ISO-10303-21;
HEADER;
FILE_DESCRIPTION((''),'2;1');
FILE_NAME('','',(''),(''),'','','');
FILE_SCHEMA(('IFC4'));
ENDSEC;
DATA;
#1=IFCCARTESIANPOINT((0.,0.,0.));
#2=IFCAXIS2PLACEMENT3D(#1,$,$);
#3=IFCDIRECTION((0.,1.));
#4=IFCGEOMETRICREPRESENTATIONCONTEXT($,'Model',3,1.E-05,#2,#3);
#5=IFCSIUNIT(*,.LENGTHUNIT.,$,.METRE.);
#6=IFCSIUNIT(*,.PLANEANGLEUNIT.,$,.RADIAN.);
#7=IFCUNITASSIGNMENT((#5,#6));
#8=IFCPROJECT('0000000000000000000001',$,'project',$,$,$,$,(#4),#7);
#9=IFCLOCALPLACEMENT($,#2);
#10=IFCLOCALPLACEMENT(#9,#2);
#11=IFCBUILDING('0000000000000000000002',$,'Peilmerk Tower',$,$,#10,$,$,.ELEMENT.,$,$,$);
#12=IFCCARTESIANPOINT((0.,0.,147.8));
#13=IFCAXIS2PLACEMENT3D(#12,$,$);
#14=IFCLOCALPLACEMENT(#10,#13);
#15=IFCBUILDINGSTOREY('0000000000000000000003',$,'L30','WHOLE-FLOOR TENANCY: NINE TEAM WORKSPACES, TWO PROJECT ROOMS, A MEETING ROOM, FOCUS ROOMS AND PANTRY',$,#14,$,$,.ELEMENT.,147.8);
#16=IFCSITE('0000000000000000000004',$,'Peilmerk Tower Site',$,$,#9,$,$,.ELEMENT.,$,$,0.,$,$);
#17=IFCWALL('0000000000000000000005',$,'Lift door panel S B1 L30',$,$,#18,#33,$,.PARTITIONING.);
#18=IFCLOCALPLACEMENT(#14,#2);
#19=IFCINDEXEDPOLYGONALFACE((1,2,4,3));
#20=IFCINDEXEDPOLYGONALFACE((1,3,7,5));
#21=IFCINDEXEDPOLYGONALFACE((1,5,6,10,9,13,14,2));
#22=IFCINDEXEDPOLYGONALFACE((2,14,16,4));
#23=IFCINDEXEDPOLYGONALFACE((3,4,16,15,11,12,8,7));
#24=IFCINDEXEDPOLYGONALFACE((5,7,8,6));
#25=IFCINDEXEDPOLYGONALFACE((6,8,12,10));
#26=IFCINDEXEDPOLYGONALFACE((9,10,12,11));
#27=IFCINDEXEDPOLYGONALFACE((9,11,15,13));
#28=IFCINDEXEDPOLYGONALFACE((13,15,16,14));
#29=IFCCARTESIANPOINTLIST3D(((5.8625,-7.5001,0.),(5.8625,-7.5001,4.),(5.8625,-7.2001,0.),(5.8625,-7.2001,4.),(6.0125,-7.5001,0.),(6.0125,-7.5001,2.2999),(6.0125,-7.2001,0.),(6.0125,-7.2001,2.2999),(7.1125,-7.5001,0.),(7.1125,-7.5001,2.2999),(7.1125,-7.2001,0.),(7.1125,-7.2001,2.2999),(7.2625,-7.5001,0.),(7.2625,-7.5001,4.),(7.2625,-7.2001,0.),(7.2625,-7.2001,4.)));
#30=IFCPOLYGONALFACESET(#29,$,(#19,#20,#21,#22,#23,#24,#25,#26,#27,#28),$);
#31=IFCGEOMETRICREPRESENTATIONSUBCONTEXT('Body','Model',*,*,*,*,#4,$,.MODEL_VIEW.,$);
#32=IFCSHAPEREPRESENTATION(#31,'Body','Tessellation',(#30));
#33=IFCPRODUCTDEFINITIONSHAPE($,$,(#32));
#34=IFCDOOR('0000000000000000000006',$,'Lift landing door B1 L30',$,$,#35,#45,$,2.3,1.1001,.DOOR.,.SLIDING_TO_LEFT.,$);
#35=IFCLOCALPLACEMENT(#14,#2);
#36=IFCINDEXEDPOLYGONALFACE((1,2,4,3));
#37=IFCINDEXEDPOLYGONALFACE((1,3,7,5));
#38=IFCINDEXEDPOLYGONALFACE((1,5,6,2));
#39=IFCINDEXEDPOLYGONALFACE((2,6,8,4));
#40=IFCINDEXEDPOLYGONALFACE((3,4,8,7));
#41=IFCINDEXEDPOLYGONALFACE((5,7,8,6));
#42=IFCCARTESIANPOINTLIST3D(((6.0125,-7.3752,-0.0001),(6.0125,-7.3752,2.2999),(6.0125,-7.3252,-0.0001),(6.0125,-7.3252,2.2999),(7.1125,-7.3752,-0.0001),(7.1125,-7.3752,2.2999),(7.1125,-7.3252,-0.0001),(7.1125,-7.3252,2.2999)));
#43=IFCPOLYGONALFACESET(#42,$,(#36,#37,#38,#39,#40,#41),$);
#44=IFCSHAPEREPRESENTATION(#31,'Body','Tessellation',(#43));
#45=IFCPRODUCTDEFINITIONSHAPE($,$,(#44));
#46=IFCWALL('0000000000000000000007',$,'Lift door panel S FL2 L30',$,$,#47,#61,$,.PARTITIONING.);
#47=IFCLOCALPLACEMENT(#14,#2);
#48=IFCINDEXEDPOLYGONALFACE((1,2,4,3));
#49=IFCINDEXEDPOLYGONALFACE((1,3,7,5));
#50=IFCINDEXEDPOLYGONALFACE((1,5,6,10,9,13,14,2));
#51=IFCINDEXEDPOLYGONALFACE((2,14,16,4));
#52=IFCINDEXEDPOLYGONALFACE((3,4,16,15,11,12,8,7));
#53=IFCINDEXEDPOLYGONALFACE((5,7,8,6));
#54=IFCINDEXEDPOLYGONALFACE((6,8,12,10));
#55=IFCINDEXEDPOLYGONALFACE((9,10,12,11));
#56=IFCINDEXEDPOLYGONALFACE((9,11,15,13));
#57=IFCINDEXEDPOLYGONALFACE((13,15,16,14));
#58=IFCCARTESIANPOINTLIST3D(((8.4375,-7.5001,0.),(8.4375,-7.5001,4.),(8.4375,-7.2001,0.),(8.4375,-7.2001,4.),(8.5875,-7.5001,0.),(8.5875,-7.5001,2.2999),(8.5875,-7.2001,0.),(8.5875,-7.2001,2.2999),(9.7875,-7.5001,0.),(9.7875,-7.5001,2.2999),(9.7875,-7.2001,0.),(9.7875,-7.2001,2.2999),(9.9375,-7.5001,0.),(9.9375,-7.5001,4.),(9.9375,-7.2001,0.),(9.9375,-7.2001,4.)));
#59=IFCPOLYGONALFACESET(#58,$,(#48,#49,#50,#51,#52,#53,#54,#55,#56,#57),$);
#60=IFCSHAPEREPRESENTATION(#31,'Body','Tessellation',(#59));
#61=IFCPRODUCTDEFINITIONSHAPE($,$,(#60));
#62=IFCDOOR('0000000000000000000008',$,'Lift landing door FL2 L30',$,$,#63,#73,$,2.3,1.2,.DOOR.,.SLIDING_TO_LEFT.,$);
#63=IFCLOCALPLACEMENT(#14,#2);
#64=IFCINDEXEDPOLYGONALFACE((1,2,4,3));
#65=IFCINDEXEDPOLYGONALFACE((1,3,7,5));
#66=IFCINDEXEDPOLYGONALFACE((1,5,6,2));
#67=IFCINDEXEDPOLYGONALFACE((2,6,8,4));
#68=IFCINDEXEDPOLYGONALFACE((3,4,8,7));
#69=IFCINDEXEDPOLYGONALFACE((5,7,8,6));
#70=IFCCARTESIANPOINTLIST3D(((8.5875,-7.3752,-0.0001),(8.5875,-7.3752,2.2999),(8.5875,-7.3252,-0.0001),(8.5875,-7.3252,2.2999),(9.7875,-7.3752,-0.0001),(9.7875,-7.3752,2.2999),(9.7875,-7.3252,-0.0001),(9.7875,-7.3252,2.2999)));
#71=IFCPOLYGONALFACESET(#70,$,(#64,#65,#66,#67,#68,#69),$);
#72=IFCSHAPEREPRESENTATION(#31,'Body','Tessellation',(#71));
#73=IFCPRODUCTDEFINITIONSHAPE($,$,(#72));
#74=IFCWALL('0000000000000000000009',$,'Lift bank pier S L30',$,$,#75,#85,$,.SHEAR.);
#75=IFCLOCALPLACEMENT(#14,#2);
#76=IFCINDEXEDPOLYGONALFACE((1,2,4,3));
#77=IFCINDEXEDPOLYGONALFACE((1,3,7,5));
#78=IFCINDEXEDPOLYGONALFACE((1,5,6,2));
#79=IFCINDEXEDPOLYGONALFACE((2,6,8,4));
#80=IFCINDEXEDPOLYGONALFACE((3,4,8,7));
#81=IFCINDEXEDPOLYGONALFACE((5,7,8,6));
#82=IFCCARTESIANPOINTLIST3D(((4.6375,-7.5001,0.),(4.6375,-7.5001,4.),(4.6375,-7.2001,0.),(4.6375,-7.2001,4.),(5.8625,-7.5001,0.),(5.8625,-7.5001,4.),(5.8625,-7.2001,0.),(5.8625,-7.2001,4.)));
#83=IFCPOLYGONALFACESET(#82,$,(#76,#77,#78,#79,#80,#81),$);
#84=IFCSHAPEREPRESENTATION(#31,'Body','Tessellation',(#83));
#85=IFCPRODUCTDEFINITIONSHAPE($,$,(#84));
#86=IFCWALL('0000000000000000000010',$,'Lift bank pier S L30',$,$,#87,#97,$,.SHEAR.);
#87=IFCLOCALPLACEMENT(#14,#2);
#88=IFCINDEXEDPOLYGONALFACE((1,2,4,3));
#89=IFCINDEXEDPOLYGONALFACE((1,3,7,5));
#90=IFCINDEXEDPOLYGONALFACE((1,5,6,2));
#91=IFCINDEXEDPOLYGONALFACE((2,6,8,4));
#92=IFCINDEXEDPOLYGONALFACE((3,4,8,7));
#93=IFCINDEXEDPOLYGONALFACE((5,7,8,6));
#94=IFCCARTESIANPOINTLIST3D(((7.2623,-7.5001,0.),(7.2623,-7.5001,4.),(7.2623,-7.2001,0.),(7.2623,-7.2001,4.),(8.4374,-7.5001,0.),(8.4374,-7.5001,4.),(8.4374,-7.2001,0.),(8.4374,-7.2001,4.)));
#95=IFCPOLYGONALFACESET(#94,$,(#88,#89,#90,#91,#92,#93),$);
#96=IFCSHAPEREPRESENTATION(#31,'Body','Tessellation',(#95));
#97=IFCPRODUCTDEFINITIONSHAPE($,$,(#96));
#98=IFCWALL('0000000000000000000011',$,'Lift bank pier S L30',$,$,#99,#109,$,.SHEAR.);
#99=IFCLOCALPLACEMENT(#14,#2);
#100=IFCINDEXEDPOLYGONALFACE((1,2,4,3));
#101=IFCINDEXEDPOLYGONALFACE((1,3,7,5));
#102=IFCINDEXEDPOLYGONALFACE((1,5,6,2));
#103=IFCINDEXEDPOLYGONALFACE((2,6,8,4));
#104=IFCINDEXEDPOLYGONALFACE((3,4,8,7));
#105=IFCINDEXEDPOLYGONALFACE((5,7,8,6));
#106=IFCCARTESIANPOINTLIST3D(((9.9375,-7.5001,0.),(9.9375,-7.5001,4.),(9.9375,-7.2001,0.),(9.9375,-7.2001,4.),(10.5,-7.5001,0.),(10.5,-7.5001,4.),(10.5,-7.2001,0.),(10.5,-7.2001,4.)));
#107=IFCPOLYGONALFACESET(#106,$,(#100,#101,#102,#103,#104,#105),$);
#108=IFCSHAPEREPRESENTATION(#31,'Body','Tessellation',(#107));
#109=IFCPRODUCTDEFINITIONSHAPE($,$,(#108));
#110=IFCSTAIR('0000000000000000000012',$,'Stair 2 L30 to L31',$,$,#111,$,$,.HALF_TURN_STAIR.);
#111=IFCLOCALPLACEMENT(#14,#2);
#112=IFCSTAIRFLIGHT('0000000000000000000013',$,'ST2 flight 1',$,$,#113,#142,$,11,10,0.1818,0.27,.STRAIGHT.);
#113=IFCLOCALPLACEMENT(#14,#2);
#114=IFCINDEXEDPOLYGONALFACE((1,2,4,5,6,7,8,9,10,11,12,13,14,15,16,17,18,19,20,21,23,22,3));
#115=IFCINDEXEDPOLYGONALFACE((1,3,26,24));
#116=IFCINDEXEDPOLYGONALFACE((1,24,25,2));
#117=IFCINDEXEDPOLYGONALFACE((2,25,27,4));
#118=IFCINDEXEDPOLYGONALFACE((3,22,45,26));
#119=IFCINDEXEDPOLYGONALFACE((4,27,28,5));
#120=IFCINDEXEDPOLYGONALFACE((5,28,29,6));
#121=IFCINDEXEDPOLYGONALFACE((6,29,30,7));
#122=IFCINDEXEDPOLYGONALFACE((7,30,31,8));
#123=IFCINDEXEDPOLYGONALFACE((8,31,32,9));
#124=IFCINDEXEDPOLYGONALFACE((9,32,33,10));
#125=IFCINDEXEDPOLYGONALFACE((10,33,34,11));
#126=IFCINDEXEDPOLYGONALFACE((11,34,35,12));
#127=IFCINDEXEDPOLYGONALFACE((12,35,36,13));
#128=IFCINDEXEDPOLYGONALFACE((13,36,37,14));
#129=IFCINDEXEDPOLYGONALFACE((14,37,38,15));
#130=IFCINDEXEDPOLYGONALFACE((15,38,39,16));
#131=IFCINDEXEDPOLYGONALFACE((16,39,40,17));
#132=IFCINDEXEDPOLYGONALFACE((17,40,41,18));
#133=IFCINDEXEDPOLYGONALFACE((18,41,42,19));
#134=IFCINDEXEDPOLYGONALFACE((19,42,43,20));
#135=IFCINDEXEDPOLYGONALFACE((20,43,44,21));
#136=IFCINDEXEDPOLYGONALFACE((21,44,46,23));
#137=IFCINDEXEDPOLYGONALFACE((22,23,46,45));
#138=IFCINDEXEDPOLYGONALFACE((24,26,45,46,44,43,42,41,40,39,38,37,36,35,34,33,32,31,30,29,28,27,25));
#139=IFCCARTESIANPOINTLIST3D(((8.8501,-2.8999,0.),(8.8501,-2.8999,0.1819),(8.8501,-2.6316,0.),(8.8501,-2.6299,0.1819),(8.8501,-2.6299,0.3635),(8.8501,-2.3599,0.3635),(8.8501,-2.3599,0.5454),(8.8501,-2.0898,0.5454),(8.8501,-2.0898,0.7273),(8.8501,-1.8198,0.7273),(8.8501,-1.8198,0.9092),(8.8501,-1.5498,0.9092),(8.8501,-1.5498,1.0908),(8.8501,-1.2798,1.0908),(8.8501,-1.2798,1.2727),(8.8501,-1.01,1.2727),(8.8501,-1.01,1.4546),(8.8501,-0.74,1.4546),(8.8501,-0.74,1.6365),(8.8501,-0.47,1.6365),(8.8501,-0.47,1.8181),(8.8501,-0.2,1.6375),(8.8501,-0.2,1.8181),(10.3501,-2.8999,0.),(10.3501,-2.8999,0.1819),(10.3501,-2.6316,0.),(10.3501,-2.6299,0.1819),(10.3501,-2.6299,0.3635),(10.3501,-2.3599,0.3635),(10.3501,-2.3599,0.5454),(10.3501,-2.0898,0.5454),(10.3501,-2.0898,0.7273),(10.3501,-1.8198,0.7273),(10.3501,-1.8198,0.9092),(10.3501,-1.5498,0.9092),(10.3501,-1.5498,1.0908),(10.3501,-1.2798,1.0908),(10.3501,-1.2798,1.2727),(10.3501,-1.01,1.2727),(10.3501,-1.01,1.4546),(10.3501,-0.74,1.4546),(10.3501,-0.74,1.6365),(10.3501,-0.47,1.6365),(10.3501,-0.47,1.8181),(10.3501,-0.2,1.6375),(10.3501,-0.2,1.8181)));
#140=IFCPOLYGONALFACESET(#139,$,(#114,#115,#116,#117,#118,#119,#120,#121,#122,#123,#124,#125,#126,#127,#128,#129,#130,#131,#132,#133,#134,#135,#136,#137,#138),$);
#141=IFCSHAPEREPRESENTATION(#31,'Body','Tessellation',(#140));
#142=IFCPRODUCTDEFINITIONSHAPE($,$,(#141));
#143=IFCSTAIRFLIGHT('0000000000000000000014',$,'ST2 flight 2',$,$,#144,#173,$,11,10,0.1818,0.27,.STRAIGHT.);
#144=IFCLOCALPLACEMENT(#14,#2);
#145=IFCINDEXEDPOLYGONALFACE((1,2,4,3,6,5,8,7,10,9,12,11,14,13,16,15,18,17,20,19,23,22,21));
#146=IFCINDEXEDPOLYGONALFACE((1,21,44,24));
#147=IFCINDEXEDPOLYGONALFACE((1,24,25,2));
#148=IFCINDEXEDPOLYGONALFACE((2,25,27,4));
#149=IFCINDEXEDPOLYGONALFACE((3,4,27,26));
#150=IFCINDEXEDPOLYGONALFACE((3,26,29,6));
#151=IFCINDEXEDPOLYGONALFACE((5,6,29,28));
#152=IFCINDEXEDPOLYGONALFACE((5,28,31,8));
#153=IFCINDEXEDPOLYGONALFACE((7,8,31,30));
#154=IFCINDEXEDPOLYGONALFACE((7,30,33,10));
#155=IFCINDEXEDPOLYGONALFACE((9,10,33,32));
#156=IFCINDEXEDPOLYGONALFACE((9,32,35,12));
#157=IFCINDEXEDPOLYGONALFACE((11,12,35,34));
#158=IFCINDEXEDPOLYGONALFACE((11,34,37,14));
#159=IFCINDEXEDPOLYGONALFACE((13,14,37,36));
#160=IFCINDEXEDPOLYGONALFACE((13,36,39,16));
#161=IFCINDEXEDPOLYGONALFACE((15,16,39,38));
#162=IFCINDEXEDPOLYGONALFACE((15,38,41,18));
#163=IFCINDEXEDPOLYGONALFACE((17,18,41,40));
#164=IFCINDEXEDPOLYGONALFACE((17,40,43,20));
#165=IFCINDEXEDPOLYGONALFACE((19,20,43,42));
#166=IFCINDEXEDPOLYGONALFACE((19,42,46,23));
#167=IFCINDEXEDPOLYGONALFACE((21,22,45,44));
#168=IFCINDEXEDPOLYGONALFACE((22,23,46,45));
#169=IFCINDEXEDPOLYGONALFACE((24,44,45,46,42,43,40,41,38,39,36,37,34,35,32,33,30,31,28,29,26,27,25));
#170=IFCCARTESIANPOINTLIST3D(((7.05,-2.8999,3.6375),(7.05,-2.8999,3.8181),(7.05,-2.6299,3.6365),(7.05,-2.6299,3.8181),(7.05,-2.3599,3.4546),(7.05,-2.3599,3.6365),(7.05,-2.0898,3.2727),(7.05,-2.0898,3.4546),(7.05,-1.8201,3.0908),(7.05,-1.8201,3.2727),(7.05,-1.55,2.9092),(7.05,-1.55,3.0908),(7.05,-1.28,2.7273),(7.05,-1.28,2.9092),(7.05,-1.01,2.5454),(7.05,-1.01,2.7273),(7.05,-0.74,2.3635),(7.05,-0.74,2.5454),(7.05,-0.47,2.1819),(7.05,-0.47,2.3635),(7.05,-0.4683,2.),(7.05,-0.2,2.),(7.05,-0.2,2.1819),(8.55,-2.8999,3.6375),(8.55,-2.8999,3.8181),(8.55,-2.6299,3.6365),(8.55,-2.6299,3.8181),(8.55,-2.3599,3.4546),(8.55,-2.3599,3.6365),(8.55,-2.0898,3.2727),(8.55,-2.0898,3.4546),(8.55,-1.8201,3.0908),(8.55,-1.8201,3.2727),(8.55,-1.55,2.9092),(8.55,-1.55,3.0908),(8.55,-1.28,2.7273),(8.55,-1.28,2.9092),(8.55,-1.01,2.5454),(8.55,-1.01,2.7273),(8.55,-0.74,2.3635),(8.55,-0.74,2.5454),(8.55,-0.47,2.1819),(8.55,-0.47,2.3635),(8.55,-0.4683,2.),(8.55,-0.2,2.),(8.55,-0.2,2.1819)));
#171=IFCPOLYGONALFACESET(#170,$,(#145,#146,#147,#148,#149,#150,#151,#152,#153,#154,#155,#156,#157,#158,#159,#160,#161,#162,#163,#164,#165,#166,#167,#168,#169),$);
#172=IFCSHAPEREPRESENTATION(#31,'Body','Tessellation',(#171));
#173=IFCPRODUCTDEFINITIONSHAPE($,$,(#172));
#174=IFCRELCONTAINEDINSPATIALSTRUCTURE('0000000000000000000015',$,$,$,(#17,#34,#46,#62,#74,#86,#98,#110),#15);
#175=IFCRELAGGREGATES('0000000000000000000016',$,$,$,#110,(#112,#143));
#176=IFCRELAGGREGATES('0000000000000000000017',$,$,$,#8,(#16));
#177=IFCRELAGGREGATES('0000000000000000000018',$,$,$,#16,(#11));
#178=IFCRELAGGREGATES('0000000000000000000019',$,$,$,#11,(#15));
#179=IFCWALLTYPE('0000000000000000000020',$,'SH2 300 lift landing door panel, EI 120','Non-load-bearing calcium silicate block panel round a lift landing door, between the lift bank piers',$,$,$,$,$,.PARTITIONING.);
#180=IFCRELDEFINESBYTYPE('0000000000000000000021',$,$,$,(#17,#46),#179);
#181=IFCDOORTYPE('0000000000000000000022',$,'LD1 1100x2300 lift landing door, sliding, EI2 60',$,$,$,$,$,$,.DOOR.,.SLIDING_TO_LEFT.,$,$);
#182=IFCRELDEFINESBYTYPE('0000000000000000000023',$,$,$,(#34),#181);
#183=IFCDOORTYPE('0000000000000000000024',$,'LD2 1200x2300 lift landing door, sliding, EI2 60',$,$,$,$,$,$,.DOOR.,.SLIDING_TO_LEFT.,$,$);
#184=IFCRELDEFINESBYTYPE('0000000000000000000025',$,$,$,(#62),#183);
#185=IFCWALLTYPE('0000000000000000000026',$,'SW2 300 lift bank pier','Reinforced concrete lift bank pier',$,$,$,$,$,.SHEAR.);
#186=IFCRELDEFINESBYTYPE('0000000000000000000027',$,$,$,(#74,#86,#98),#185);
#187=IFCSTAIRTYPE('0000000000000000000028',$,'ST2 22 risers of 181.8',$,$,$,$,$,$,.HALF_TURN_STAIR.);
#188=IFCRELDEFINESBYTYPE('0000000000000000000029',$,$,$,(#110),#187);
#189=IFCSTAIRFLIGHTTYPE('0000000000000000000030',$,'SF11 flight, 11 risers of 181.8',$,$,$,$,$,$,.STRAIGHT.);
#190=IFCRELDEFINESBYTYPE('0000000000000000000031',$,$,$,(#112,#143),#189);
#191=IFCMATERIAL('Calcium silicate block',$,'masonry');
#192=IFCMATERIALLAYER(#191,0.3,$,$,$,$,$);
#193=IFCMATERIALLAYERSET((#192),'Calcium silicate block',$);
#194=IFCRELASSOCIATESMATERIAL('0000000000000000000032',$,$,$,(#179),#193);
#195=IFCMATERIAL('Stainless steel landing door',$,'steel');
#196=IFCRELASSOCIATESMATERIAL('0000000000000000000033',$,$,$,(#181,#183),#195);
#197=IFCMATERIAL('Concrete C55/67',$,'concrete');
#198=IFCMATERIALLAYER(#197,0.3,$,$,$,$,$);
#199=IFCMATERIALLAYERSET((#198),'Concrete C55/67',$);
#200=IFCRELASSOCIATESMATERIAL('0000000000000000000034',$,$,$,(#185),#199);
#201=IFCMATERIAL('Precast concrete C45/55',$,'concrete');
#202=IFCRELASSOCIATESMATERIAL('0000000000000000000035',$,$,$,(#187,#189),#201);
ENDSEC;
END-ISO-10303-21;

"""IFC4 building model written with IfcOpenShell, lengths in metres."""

from ifc_helpers import new_model, si_unit, direction, frame, frame_2d, origin, place, context, subcontext, project, spatial, polyline, rectangle, outline, extrude, material, layer, layer_set, type_object, element, fill, aggregate, save


model = new_model("IFC4")

# Units and contexts
model_context = context("Model", 3, precision=1e-05, world=origin(), true_north=direction((0.0, 1.0)))
body_context = subcontext(model_context, "Body", "Model", "MODEL_VIEW")
ifc_project = project(units=[si_unit("LENGTHUNIT", "METRE"), si_unit("PLANEANGLEUNIT", "RADIAN")], contexts=[model_context])

# Site, building, storey
site_placement = place(None, origin())
site = spatial("IfcSite", under=ifc_project, at=site_placement, Name="Peilmerk Tower Site", CompositionType="ELEMENT", RefElevation=0.0)
building_placement = place(site_placement, origin())
building = spatial("IfcBuilding", under=site, at=building_placement, Name="Peilmerk Tower", CompositionType="ELEMENT")
storey_placement = place(building_placement, frame((0.0, 0.0, 147.8)))
storey = spatial("IfcBuildingStorey", under=building, at=storey_placement, Name="L30", Description="WHOLE-FLOOR TENANCY: NINE TEAM WORKSPACES, TWO PROJECT ROOMS, A MEETING ROOM, FOCUS ROOMS AND PANTRY", CompositionType="ELEMENT", Elevation=147.8)

# Walls, openings, doors
ifc_material_1 = material(Name="Calcium silicate block", Category="masonry")
ifc_layer_1 = layer(ifc_material_1, 0.3)
ifc_layer_set_1 = layer_set([ifc_layer_1], Name="Calcium silicate block")
wall_type_1 = type_object("IfcWallType", Name="SH2 300 lift landing door panel, EI 120", Description="Non-load-bearing calcium silicate block panel round a lift landing door, between the lift bank piers", PredefinedType="PARTITIONING", material=ifc_layer_set_1)
wall_1_placement = place(storey_placement, frame((5.8625, -7.3501, 0.0), z_axis=(0.0, 0.0, 1.0), x_axis=(1.0, 0.0, 0.0)))
wall_1 = element("IfcWall", 1, at=wall_1_placement, inside=storey, type_object=wall_type_1, Name="Lift door panel S B1 L30", PredefinedType="PARTITIONING", context=body_context, shape_type="SweptSolid", body=[
    extrude(rectangle(XDim=1.3999, YDim=0.3, at=frame_2d((0.7, 0.0))), origin(), (0.0, 0.0, 1.0), 4.0),
])
opening_1_placement = place(wall_1_placement, frame((0.1499, 0.0, 0.0)))
opening_1 = element("IfcOpeningElement", 2, at=opening_1_placement, cuts=wall_1, PredefinedType="OPENING", context=body_context, shape_type="SweptSolid", body=[
    extrude(rectangle(XDim=1.1001, YDim=2.3, at=frame_2d((0.55, 1.1499))), frame((0.0, 0.1599, 0.0), z_axis=(0.0, -1.0, 0.0), x_axis=(1.0, 0.0, 0.0)), (0.0, 0.0, 1.0), 0.3201),
])
ifc_material_2 = material(Name="Stainless steel landing door", Category="steel")
door_type_1 = type_object("IfcDoorType", Name="LD1 1100x2300 lift landing door, sliding, EI2 60", OperationType="SLIDING_TO_LEFT", PredefinedType="DOOR", material=ifc_material_2)
door_1_placement = place(opening_1_placement, origin())
door_1 = element("IfcDoor", 3, at=door_1_placement, inside=storey, type_object=door_type_1, Name="Lift landing door B1 L30", OperationType="SLIDING_TO_LEFT", OverallHeight=2.3, OverallWidth=1.1001, PredefinedType="DOOR", context=body_context, shape_type="SweptSolid", body=[
    extrude(rectangle(XDim=1.1001, YDim=2.3, at=frame_2d((0.55, 1.1499))), frame((0.0, 0.0249, 0.0), z_axis=(0.0, -1.0, 0.0), x_axis=(1.0, 0.0, 0.0)), (0.0, 0.0, 1.0), 0.05),
])
fill(opening_1, door_1)
wall_2_placement = place(storey_placement, frame((8.4375, -7.3501, 0.0), z_axis=(0.0, 0.0, 1.0), x_axis=(1.0, 0.0, 0.0)))
wall_2 = element("IfcWall", 4, at=wall_2_placement, inside=storey, type_object=wall_type_1, Name="Lift door panel S FL2 L30", PredefinedType="PARTITIONING", context=body_context, shape_type="SweptSolid", body=[
    extrude(rectangle(XDim=1.5, YDim=0.3, at=frame_2d((0.75, 0.0))), origin(), (0.0, 0.0, 1.0), 4.0),
])
opening_2_placement = place(wall_2_placement, frame((0.1499, 0.0, 0.0)))
opening_2 = element("IfcOpeningElement", 5, at=opening_2_placement, cuts=wall_2, PredefinedType="OPENING", context=body_context, shape_type="SweptSolid", body=[
    extrude(rectangle(XDim=1.2, YDim=2.3, at=frame_2d((0.6001, 1.1499))), frame((0.0, 0.1599, 0.0), z_axis=(0.0, -1.0, 0.0), x_axis=(1.0, 0.0, 0.0)), (0.0, 0.0, 1.0), 0.3201),
])
door_type_2 = type_object("IfcDoorType", Name="LD2 1200x2300 lift landing door, sliding, EI2 60", OperationType="SLIDING_TO_LEFT", PredefinedType="DOOR", material=ifc_material_2)
door_2_placement = place(opening_2_placement, origin())
door_2 = element("IfcDoor", 6, at=door_2_placement, inside=storey, type_object=door_type_2, Name="Lift landing door FL2 L30", OperationType="SLIDING_TO_LEFT", OverallHeight=2.3, OverallWidth=1.2, PredefinedType="DOOR", context=body_context, shape_type="SweptSolid", body=[
    extrude(rectangle(XDim=1.2, YDim=2.3, at=frame_2d((0.6001, 1.1499))), frame((0.0, 0.0249, 0.0), z_axis=(0.0, -1.0, 0.0), x_axis=(1.0, 0.0, 0.0)), (0.0, 0.0, 1.0), 0.05),
])
fill(opening_2, door_2)

# Walls
ifc_material_3 = material(Name="Concrete C55/67", Category="concrete")
ifc_layer_2 = layer(ifc_material_3, 0.3)
ifc_layer_set_2 = layer_set([ifc_layer_2], Name="Concrete C55/67")
wall_type_2 = type_object("IfcWallType", Name="SW2 300 lift bank pier", Description="Reinforced concrete lift bank pier", PredefinedType="SHEAR", material=ifc_layer_set_2)
wall_3_placement = place(storey_placement, frame((4.6375, -7.3501, 0.0), z_axis=(0.0, 0.0, 1.0), x_axis=(1.0, 0.0, 0.0)))
element("IfcWall", 7, at=wall_3_placement, inside=storey, type_object=wall_type_2, Name="Lift bank pier S L30", PredefinedType="SHEAR", context=body_context, shape_type="SweptSolid", body=[
    extrude(rectangle(XDim=1.2251, YDim=0.3, at=frame_2d((0.6125, 0.0))), origin(), (0.0, 0.0, 1.0), 4.0),
])
wall_4_placement = place(storey_placement, frame((7.2625, -7.3501, 0.0), z_axis=(0.0, 0.0, 1.0), x_axis=(1.0, 0.0, 0.0)))
element("IfcWall", 8, at=wall_4_placement, inside=storey, type_object=wall_type_2, Name="Lift bank pier S L30", PredefinedType="SHEAR", context=body_context, shape_type="SweptSolid", body=[
    extrude(rectangle(XDim=1.175, YDim=0.3, at=frame_2d((0.5874, 0.0))), origin(), (0.0, 0.0, 1.0), 4.0),
])
wall_5_placement = place(storey_placement, frame((9.9375, -7.3501, 0.0), z_axis=(0.0, 0.0, 1.0), x_axis=(1.0, 0.0, 0.0)))
element("IfcWall", 9, at=wall_5_placement, inside=storey, type_object=wall_type_2, Name="Lift bank pier S L30", PredefinedType="SHEAR", context=body_context, shape_type="SweptSolid", body=[
    extrude(rectangle(XDim=0.5625, YDim=0.3, at=frame_2d((0.2812, 0.0))), origin(), (0.0, 0.0, 1.0), 4.0),
])

# Stair, stair flights
ifc_material_4 = material(Name="Precast concrete C45/55", Category="concrete")
stair_type = type_object("IfcStairType", Name="ST2 22 risers of 181.8", PredefinedType="HALF_TURN_STAIR", material=ifc_material_4)
stair_placement = place(storey_placement, origin())
stair = element("IfcStair", 10, at=stair_placement, inside=storey, type_object=stair_type, Name="Stair 2 L30 to L31", PredefinedType="HALF_TURN_STAIR")
stair_flight_type = type_object("IfcStairFlightType", Name="SF11 flight, 11 risers of 181.8", PredefinedType="STRAIGHT", material=ifc_material_4)
stair_flight_1_placement = place(storey_placement, frame((9.6001, -2.8999, 0.0), z_axis=(0.0, 0.0, 1.0), x_axis=(0.0, 1.0, 0.0)))
stair_flight_1 = element("IfcStairFlight", 11, at=stair_flight_1_placement, type_object=stair_flight_type, Name="ST2 flight 1", NumberOfRisers=11, NumberOfTreads=10, PredefinedType="STRAIGHT", RiserHeight=0.1818, TreadLength=0.27, context=body_context, shape_type="SweptSolid", body=[
    extrude(outline(polyline([(0.0, 0.0), (0.0, 0.1819), (0.27, 0.1819), (0.27, 0.3635), (0.54, 0.3635), (0.54, 0.5454), (0.8101, 0.5454), (0.8101, 0.7273), (1.0801, 0.7273), (1.0801, 0.9092), (1.3501, 0.9092), (1.3501, 1.0908), (1.6201, 1.0908), (1.6201, 1.2727), (1.8899, 1.2727), (1.8899, 1.4546), (2.1599, 1.4546), (2.1599, 1.6365), (2.4299, 1.6365), (2.4299, 1.8181), (2.7, 1.8181), (2.7, 2.0), (2.7, 1.6375), (0.2683, 0.0), (0.0, 0.0)])), frame((0.0, 0.75, 0.0), z_axis=(0.0, -1.0, 0.0), x_axis=(1.0, 0.0, 0.0)), (0.0, 0.0, 1.0), 1.5),
])
stair_flight_2_placement = place(storey_placement, frame((7.8, -0.2, 2.0), z_axis=(0.0, 0.0, 1.0), x_axis=(0.0, -1.0, 0.0)))
stair_flight_2 = element("IfcStairFlight", 12, at=stair_flight_2_placement, type_object=stair_flight_type, Name="ST2 flight 2", NumberOfRisers=11, NumberOfTreads=10, PredefinedType="STRAIGHT", RiserHeight=0.1818, TreadLength=0.27, context=body_context, shape_type="SweptSolid", body=[
    extrude(outline(polyline([(0.0, 0.0), (0.0, 0.1819), (0.27, 0.1819), (0.27, 0.3635), (0.54, 0.3635), (0.54, 0.5454), (0.8101, 0.5454), (0.8101, 0.7273), (1.0801, 0.7273), (1.0801, 0.9092), (1.3501, 0.9092), (1.3501, 1.0908), (1.6201, 1.0908), (1.6201, 1.2727), (1.8899, 1.2727), (1.8899, 1.4546), (2.1599, 1.4546), (2.1599, 1.6365), (2.4299, 1.6365), (2.4299, 1.8181), (2.7, 1.8181), (2.7, 2.0), (2.7, 1.6375), (0.2683, 0.0), (0.0, 0.0)])), frame((0.0, 0.75, 0.0), z_axis=(0.0, -1.0, 0.0), x_axis=(1.0, 0.0, 0.0)), (0.0, 0.0, 1.0), 1.5),
])
aggregate(stair, [stair_flight_1, stair_flight_2])

save(model, "model.ifc")
